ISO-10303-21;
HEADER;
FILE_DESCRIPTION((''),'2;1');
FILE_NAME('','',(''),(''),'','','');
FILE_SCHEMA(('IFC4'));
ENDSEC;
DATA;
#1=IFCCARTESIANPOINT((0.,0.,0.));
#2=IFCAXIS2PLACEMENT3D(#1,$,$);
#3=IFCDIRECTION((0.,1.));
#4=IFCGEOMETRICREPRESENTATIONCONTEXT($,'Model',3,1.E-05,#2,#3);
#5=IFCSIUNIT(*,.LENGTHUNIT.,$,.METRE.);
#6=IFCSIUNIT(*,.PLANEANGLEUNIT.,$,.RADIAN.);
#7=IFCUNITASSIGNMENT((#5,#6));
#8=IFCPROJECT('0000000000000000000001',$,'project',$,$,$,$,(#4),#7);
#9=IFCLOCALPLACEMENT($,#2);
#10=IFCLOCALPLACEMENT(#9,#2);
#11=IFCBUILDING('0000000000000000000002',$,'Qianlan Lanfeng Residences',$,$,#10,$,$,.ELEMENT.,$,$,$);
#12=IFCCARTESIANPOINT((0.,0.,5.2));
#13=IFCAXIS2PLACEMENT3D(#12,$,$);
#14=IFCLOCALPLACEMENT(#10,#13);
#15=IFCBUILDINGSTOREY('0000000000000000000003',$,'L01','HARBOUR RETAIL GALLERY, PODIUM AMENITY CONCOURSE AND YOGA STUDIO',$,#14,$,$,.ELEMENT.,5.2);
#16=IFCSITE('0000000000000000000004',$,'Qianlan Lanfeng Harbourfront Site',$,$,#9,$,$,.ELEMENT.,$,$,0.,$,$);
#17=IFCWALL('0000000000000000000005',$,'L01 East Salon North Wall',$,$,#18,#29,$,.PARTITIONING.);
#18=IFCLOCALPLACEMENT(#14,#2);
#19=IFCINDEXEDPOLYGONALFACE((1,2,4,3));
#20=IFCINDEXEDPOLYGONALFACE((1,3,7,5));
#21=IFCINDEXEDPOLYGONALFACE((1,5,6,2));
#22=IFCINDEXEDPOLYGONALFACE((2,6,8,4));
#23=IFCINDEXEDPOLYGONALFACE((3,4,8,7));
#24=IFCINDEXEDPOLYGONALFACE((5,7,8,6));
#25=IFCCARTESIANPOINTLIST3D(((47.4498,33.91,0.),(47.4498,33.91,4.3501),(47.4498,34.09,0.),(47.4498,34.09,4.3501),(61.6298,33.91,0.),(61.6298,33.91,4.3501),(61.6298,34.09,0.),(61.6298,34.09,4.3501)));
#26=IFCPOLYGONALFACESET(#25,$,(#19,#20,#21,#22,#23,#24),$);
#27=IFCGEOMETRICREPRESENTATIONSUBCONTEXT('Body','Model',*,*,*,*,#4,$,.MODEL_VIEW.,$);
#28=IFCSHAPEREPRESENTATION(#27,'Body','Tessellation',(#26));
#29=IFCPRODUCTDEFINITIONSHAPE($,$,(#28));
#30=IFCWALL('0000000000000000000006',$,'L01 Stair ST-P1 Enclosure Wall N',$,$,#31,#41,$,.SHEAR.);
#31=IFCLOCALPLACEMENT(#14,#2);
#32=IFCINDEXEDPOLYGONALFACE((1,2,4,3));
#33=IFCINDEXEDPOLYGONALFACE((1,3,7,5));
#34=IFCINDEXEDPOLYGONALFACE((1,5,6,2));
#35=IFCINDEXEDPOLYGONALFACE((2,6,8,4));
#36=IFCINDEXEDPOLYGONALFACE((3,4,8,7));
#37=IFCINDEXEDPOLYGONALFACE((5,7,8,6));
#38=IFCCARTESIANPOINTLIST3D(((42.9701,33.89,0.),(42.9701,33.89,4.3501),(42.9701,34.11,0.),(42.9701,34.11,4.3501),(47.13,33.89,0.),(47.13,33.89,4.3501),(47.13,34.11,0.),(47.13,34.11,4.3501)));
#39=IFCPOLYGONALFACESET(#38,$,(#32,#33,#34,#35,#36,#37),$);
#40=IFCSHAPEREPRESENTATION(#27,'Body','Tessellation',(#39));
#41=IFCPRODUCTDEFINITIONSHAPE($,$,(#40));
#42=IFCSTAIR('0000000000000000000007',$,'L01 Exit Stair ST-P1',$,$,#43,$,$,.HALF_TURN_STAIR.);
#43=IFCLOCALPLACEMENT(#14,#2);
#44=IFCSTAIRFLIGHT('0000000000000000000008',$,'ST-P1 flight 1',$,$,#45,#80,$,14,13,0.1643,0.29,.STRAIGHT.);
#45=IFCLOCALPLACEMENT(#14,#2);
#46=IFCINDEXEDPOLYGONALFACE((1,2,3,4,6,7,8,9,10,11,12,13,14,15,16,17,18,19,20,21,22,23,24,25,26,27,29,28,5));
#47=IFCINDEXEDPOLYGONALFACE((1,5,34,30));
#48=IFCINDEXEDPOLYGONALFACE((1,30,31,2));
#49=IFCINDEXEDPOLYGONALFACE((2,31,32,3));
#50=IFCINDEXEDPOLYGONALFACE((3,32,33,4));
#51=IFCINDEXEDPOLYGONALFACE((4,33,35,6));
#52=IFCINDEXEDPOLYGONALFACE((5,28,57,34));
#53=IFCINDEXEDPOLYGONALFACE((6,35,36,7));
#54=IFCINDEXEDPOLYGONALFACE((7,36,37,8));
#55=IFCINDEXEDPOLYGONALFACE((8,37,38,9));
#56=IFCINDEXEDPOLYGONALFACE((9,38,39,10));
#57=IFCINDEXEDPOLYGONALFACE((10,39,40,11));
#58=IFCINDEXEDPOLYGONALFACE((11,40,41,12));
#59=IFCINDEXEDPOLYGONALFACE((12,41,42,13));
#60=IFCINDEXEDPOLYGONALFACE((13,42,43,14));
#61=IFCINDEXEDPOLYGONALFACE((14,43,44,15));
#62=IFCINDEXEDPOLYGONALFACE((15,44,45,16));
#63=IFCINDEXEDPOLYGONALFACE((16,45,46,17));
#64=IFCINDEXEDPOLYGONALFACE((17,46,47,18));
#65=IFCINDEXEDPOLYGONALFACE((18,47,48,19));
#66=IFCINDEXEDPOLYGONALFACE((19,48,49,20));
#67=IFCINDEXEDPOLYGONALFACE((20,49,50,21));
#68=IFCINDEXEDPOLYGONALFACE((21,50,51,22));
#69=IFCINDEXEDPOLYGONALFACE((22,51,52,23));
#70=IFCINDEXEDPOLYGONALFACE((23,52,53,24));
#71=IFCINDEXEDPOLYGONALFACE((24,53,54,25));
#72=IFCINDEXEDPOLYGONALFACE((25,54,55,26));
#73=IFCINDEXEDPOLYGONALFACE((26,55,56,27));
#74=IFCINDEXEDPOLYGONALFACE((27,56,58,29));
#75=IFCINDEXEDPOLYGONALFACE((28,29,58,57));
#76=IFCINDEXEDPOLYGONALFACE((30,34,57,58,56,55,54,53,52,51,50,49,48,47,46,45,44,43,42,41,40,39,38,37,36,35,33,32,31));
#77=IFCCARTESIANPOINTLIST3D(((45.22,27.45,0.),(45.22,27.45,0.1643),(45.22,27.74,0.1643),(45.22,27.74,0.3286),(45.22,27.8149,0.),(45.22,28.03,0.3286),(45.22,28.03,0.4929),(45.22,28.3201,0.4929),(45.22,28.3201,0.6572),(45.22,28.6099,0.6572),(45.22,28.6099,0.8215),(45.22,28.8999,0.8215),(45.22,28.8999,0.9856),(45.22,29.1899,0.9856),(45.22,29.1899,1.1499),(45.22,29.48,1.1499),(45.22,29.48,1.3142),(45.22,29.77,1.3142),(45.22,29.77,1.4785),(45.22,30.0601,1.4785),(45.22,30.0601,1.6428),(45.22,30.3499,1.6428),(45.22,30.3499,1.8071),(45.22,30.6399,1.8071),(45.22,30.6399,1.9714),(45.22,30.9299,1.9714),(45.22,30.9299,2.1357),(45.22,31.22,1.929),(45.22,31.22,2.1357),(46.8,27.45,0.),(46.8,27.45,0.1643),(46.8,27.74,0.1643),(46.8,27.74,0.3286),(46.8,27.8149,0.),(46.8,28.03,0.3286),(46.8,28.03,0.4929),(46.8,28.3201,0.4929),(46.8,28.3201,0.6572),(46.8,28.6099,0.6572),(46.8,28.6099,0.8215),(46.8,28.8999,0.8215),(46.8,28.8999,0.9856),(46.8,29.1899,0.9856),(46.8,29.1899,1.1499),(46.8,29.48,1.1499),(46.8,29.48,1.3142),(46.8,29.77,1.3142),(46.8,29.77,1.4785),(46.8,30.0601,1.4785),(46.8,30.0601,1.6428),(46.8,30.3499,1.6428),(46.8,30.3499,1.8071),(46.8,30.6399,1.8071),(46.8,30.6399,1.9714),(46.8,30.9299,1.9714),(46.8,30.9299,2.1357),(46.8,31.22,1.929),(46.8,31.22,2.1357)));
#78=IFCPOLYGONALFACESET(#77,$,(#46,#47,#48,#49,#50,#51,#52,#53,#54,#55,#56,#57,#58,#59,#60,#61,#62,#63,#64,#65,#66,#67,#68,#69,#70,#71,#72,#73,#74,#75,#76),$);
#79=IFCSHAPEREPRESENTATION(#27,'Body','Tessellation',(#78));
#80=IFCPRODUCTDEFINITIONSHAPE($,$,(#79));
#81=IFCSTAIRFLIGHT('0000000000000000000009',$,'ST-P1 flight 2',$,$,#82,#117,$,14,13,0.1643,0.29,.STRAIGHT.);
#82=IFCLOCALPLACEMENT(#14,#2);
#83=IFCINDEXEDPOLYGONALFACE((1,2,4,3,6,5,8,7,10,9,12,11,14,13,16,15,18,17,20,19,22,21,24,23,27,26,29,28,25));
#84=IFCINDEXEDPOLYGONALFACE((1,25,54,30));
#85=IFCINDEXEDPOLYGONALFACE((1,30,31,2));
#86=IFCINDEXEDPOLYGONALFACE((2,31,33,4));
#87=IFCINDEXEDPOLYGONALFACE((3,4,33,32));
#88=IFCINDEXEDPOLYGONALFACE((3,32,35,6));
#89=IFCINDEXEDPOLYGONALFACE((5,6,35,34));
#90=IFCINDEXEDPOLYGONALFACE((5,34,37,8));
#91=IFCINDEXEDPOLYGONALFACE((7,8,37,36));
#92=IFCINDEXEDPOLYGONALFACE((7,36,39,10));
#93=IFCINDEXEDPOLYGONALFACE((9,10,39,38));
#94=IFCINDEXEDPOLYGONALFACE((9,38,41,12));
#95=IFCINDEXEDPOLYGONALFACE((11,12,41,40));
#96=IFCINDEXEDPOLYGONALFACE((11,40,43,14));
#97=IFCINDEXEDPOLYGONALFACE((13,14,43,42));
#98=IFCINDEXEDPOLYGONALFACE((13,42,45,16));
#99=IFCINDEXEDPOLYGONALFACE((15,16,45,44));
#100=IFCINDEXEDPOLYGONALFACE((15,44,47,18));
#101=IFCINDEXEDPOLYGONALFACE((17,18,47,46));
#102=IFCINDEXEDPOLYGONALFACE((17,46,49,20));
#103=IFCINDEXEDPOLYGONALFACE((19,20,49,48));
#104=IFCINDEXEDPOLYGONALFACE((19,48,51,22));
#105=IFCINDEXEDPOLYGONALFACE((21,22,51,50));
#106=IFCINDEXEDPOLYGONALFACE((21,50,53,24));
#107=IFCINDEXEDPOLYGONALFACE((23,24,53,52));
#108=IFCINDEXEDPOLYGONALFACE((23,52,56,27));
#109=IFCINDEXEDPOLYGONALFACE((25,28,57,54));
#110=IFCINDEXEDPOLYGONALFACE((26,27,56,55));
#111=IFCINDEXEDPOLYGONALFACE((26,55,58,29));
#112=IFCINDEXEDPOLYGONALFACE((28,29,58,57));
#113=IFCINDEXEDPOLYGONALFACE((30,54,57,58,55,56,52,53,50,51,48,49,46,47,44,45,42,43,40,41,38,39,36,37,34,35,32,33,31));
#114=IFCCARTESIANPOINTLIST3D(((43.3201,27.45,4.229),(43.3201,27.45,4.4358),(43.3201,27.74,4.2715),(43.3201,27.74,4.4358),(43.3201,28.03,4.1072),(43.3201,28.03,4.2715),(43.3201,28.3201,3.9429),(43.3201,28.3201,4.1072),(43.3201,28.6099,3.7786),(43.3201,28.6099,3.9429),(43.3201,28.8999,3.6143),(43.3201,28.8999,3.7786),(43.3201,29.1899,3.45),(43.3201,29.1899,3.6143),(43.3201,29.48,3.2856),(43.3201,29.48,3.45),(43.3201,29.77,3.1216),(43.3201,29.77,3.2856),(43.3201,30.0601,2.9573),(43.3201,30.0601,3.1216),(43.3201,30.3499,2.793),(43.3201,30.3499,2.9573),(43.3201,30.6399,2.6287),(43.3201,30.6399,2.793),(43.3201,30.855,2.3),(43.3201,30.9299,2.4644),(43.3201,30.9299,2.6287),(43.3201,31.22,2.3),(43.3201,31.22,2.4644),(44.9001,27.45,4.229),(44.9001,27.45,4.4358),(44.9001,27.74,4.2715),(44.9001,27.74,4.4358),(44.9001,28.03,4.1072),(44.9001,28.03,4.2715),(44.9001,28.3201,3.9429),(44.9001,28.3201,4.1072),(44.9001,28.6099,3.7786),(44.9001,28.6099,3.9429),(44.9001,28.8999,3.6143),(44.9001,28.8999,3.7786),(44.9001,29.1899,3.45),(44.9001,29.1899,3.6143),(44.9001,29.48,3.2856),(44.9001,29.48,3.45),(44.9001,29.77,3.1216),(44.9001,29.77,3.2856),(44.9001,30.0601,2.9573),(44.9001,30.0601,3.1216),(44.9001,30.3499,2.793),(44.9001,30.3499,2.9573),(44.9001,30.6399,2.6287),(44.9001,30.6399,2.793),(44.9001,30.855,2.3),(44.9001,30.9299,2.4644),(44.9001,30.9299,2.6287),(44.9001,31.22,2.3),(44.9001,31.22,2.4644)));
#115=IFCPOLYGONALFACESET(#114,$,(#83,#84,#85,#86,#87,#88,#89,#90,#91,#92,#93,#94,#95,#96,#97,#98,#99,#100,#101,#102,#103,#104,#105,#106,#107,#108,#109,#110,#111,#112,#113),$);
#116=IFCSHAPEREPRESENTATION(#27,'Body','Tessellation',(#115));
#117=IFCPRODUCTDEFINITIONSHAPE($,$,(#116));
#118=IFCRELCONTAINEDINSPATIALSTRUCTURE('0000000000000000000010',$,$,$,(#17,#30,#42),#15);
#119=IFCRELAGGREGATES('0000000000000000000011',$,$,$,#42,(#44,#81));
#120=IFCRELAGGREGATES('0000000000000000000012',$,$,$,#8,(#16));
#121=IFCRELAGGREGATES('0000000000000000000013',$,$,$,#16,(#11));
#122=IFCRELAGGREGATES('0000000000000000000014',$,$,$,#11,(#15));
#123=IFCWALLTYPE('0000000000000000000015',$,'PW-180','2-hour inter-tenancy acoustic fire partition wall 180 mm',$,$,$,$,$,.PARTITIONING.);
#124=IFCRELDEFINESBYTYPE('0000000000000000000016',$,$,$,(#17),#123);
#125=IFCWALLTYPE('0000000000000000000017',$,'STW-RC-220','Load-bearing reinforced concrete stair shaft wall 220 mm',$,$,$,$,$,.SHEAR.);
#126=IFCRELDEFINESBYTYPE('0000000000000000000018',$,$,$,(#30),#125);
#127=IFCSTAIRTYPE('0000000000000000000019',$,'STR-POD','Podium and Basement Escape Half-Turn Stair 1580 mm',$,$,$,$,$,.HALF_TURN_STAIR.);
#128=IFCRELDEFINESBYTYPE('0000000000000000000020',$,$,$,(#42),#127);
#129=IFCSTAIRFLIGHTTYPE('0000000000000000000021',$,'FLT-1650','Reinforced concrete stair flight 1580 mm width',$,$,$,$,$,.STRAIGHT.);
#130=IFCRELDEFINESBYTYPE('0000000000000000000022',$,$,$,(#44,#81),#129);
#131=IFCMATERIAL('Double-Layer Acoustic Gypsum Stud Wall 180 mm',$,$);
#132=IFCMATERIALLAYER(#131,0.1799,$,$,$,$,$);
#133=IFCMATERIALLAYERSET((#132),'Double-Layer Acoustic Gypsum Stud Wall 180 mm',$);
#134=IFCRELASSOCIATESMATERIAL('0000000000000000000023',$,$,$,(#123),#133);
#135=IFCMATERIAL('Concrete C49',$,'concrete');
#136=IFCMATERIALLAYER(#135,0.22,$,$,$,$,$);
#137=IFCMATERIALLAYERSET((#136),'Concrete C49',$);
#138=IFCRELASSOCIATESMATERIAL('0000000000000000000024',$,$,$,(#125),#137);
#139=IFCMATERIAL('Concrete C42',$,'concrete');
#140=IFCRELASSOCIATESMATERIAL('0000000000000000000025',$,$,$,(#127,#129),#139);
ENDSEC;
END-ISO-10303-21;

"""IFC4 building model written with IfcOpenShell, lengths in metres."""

from ifc_helpers import new_model, si_unit, direction, frame, frame_2d, origin, place, context, subcontext, project, spatial, polyline, rectangle, outline, extrude, material, layer, layer_set, type_object, element, aggregate, save


model = new_model("IFC4")

# Units and contexts
model_context = context("Model", 3, precision=1e-05, world=origin(), true_north=direction((0.0, 1.0)))
body_context = subcontext(model_context, "Body", "Model", "MODEL_VIEW")
ifc_project = project(units=[si_unit("LENGTHUNIT", "METRE"), si_unit("PLANEANGLEUNIT", "RADIAN")], contexts=[model_context])

# Site, building, storey
site_placement = place(None, origin())
site = spatial("IfcSite", under=ifc_project, at=site_placement, Name="Qianlan Lanfeng Harbourfront Site", CompositionType="ELEMENT", RefElevation=0.0)
building_placement = place(site_placement, origin())
building = spatial("IfcBuilding", under=site, at=building_placement, Name="Qianlan Lanfeng Residences", CompositionType="ELEMENT")
storey_placement = place(building_placement, frame((0.0, 0.0, 5.2)))
storey = spatial("IfcBuildingStorey", under=building, at=storey_placement, Name="L01", Description="HARBOUR RETAIL GALLERY, PODIUM AMENITY CONCOURSE AND YOGA STUDIO", CompositionType="ELEMENT", Elevation=5.2)

# Walls
ifc_material_1 = material(Name="Concrete C42", Category="concrete")
ifc_material_2 = material(Name="Double-Layer Acoustic Gypsum Stud Wall 180 mm")
ifc_layer_1 = layer(ifc_material_2, 0.1799)
ifc_layer_set_1 = layer_set([ifc_layer_1], Name="Double-Layer Acoustic Gypsum Stud Wall 180 mm")
wall_type_1 = type_object("IfcWallType", Name="PW-180", Description="2-hour inter-tenancy acoustic fire partition wall 180 mm", PredefinedType="PARTITIONING", material=ifc_layer_set_1)
wall_1_placement = place(storey_placement, frame((47.45, 34.0, 0.0), z_axis=(0.0, 0.0, 1.0), x_axis=(1.0, 0.0, 0.0)))
element("IfcWall", 1, at=wall_1_placement, inside=storey, type_object=wall_type_1, Name="L01 East Salon North Wall", PredefinedType="PARTITIONING", context=body_context, shape_type="SweptSolid", body=[
    extrude(rectangle(XDim=14.1799, YDim=0.1799, at=frame_2d((7.0898, 0.0))), origin(), (0.0, 0.0, 1.0), 4.3501),
])
ifc_material_3 = material(Name="Concrete C49", Category="concrete")
ifc_layer_2 = layer(ifc_material_3, 0.22)
ifc_layer_set_2 = layer_set([ifc_layer_2], Name="Concrete C49")
wall_type_2 = type_object("IfcWallType", Name="STW-RC-220", Description="Load-bearing reinforced concrete stair shaft wall 220 mm", PredefinedType="SHEAR", material=ifc_layer_set_2)
wall_2_placement = place(storey_placement, frame((42.97, 34.0, 0.0), z_axis=(0.0, 0.0, 1.0), x_axis=(1.0, 0.0, 0.0)))
element("IfcWall", 2, at=wall_2_placement, inside=storey, type_object=wall_type_2, Name="L01 Stair ST-P1 Enclosure Wall N", PredefinedType="SHEAR", context=body_context, shape_type="SweptSolid", body=[
    extrude(rectangle(XDim=4.1599, YDim=0.22, at=frame_2d((2.0801, 0.0))), origin(), (0.0, 0.0, 1.0), 4.3501),
])

# Stair, stair flights
stair_type = type_object("IfcStairType", Name="STR-POD", Description="Podium and Basement Escape Half-Turn Stair 1580 mm", PredefinedType="HALF_TURN_STAIR", material=ifc_material_1)
stair_placement = place(storey_placement, origin())
stair = element("IfcStair", 3, at=stair_placement, inside=storey, type_object=stair_type, Name="L01 Exit Stair ST-P1", PredefinedType="HALF_TURN_STAIR")
stair_flight_type = type_object("IfcStairFlightType", Name="FLT-1650", Description="Reinforced concrete stair flight 1580 mm width", PredefinedType="STRAIGHT", material=ifc_material_1)
stair_flight_1_placement = place(storey_placement, frame((46.01, 27.45, 0.0), z_axis=(0.0, 0.0, 1.0), x_axis=(0.0, 1.0, 0.0)))
stair_flight_1 = element("IfcStairFlight", 4, at=stair_flight_1_placement, type_object=stair_flight_type, Name="ST-P1 flight 1", NumberOfRisers=14, NumberOfTreads=13, PredefinedType="STRAIGHT", RiserHeight=0.1643, TreadLength=0.29, context=body_context, shape_type="SweptSolid", body=[
    extrude(outline(polyline([(0.0, 0.0), (0.0, 0.1643), (0.29, 0.1643), (0.29, 0.3286), (0.5801, 0.3286), (0.5801, 0.4929), (0.8701, 0.4929), (0.8701, 0.6572), (1.1599, 0.6572), (1.1599, 0.8215), (1.45, 0.8215), (1.45, 0.9856), (1.74, 0.9856), (1.74, 1.1499), (2.03, 1.1499), (2.03, 1.3142), (2.3201, 1.3142), (2.3201, 1.4785), (2.6101, 1.4785), (2.6101, 1.6428), (2.8999, 1.6428), (2.8999, 1.8071), (3.1899, 1.8071), (3.1899, 1.9714), (3.48, 1.9714), (3.48, 2.1357), (3.77, 2.1357), (3.77, 2.3), (3.77, 1.929), (0.365, 0.0), (0.0, 0.0)])), frame((0.0, 0.79, 0.0), z_axis=(0.0, -1.0, 0.0), x_axis=(1.0, 0.0, 0.0)), (0.0, 0.0, 1.0), 1.5801),
])
stair_flight_2_placement = place(storey_placement, frame((44.1101, 31.22, 2.3), z_axis=(0.0, 0.0, 1.0), x_axis=(0.0, -1.0, 0.0)))
stair_flight_2 = element("IfcStairFlight", 5, at=stair_flight_2_placement, type_object=stair_flight_type, Name="ST-P1 flight 2", NumberOfRisers=14, NumberOfTreads=13, PredefinedType="STRAIGHT", RiserHeight=0.1643, TreadLength=0.29, context=body_context, shape_type="SweptSolid", body=[
    extrude(outline(polyline([(0.0, 0.0), (0.0, 0.1643), (0.29, 0.1643), (0.29, 0.3286), (0.5801, 0.3286), (0.5801, 0.4929), (0.8701, 0.4929), (0.8701, 0.6572), (1.1599, 0.6572), (1.1599, 0.8215), (1.45, 0.8215), (1.45, 0.9856), (1.74, 0.9856), (1.74, 1.1499), (2.03, 1.1499), (2.03, 1.3142), (2.3201, 1.3142), (2.3201, 1.4785), (2.6101, 1.4785), (2.6101, 1.6428), (2.8999, 1.6428), (2.8999, 1.8071), (3.1899, 1.8071), (3.1899, 1.9714), (3.48, 1.9714), (3.48, 2.1357), (3.77, 2.1357), (3.77, 2.3), (3.77, 1.929), (0.365, 0.0), (0.0, 0.0)])), frame((0.0, 0.79, 0.0), z_axis=(0.0, -1.0, 0.0), x_axis=(1.0, 0.0, 0.0)), (0.0, 0.0, 1.0), 1.5801),
])
aggregate(stair, [stair_flight_1, stair_flight_2])

save(model, "model.ifc")
